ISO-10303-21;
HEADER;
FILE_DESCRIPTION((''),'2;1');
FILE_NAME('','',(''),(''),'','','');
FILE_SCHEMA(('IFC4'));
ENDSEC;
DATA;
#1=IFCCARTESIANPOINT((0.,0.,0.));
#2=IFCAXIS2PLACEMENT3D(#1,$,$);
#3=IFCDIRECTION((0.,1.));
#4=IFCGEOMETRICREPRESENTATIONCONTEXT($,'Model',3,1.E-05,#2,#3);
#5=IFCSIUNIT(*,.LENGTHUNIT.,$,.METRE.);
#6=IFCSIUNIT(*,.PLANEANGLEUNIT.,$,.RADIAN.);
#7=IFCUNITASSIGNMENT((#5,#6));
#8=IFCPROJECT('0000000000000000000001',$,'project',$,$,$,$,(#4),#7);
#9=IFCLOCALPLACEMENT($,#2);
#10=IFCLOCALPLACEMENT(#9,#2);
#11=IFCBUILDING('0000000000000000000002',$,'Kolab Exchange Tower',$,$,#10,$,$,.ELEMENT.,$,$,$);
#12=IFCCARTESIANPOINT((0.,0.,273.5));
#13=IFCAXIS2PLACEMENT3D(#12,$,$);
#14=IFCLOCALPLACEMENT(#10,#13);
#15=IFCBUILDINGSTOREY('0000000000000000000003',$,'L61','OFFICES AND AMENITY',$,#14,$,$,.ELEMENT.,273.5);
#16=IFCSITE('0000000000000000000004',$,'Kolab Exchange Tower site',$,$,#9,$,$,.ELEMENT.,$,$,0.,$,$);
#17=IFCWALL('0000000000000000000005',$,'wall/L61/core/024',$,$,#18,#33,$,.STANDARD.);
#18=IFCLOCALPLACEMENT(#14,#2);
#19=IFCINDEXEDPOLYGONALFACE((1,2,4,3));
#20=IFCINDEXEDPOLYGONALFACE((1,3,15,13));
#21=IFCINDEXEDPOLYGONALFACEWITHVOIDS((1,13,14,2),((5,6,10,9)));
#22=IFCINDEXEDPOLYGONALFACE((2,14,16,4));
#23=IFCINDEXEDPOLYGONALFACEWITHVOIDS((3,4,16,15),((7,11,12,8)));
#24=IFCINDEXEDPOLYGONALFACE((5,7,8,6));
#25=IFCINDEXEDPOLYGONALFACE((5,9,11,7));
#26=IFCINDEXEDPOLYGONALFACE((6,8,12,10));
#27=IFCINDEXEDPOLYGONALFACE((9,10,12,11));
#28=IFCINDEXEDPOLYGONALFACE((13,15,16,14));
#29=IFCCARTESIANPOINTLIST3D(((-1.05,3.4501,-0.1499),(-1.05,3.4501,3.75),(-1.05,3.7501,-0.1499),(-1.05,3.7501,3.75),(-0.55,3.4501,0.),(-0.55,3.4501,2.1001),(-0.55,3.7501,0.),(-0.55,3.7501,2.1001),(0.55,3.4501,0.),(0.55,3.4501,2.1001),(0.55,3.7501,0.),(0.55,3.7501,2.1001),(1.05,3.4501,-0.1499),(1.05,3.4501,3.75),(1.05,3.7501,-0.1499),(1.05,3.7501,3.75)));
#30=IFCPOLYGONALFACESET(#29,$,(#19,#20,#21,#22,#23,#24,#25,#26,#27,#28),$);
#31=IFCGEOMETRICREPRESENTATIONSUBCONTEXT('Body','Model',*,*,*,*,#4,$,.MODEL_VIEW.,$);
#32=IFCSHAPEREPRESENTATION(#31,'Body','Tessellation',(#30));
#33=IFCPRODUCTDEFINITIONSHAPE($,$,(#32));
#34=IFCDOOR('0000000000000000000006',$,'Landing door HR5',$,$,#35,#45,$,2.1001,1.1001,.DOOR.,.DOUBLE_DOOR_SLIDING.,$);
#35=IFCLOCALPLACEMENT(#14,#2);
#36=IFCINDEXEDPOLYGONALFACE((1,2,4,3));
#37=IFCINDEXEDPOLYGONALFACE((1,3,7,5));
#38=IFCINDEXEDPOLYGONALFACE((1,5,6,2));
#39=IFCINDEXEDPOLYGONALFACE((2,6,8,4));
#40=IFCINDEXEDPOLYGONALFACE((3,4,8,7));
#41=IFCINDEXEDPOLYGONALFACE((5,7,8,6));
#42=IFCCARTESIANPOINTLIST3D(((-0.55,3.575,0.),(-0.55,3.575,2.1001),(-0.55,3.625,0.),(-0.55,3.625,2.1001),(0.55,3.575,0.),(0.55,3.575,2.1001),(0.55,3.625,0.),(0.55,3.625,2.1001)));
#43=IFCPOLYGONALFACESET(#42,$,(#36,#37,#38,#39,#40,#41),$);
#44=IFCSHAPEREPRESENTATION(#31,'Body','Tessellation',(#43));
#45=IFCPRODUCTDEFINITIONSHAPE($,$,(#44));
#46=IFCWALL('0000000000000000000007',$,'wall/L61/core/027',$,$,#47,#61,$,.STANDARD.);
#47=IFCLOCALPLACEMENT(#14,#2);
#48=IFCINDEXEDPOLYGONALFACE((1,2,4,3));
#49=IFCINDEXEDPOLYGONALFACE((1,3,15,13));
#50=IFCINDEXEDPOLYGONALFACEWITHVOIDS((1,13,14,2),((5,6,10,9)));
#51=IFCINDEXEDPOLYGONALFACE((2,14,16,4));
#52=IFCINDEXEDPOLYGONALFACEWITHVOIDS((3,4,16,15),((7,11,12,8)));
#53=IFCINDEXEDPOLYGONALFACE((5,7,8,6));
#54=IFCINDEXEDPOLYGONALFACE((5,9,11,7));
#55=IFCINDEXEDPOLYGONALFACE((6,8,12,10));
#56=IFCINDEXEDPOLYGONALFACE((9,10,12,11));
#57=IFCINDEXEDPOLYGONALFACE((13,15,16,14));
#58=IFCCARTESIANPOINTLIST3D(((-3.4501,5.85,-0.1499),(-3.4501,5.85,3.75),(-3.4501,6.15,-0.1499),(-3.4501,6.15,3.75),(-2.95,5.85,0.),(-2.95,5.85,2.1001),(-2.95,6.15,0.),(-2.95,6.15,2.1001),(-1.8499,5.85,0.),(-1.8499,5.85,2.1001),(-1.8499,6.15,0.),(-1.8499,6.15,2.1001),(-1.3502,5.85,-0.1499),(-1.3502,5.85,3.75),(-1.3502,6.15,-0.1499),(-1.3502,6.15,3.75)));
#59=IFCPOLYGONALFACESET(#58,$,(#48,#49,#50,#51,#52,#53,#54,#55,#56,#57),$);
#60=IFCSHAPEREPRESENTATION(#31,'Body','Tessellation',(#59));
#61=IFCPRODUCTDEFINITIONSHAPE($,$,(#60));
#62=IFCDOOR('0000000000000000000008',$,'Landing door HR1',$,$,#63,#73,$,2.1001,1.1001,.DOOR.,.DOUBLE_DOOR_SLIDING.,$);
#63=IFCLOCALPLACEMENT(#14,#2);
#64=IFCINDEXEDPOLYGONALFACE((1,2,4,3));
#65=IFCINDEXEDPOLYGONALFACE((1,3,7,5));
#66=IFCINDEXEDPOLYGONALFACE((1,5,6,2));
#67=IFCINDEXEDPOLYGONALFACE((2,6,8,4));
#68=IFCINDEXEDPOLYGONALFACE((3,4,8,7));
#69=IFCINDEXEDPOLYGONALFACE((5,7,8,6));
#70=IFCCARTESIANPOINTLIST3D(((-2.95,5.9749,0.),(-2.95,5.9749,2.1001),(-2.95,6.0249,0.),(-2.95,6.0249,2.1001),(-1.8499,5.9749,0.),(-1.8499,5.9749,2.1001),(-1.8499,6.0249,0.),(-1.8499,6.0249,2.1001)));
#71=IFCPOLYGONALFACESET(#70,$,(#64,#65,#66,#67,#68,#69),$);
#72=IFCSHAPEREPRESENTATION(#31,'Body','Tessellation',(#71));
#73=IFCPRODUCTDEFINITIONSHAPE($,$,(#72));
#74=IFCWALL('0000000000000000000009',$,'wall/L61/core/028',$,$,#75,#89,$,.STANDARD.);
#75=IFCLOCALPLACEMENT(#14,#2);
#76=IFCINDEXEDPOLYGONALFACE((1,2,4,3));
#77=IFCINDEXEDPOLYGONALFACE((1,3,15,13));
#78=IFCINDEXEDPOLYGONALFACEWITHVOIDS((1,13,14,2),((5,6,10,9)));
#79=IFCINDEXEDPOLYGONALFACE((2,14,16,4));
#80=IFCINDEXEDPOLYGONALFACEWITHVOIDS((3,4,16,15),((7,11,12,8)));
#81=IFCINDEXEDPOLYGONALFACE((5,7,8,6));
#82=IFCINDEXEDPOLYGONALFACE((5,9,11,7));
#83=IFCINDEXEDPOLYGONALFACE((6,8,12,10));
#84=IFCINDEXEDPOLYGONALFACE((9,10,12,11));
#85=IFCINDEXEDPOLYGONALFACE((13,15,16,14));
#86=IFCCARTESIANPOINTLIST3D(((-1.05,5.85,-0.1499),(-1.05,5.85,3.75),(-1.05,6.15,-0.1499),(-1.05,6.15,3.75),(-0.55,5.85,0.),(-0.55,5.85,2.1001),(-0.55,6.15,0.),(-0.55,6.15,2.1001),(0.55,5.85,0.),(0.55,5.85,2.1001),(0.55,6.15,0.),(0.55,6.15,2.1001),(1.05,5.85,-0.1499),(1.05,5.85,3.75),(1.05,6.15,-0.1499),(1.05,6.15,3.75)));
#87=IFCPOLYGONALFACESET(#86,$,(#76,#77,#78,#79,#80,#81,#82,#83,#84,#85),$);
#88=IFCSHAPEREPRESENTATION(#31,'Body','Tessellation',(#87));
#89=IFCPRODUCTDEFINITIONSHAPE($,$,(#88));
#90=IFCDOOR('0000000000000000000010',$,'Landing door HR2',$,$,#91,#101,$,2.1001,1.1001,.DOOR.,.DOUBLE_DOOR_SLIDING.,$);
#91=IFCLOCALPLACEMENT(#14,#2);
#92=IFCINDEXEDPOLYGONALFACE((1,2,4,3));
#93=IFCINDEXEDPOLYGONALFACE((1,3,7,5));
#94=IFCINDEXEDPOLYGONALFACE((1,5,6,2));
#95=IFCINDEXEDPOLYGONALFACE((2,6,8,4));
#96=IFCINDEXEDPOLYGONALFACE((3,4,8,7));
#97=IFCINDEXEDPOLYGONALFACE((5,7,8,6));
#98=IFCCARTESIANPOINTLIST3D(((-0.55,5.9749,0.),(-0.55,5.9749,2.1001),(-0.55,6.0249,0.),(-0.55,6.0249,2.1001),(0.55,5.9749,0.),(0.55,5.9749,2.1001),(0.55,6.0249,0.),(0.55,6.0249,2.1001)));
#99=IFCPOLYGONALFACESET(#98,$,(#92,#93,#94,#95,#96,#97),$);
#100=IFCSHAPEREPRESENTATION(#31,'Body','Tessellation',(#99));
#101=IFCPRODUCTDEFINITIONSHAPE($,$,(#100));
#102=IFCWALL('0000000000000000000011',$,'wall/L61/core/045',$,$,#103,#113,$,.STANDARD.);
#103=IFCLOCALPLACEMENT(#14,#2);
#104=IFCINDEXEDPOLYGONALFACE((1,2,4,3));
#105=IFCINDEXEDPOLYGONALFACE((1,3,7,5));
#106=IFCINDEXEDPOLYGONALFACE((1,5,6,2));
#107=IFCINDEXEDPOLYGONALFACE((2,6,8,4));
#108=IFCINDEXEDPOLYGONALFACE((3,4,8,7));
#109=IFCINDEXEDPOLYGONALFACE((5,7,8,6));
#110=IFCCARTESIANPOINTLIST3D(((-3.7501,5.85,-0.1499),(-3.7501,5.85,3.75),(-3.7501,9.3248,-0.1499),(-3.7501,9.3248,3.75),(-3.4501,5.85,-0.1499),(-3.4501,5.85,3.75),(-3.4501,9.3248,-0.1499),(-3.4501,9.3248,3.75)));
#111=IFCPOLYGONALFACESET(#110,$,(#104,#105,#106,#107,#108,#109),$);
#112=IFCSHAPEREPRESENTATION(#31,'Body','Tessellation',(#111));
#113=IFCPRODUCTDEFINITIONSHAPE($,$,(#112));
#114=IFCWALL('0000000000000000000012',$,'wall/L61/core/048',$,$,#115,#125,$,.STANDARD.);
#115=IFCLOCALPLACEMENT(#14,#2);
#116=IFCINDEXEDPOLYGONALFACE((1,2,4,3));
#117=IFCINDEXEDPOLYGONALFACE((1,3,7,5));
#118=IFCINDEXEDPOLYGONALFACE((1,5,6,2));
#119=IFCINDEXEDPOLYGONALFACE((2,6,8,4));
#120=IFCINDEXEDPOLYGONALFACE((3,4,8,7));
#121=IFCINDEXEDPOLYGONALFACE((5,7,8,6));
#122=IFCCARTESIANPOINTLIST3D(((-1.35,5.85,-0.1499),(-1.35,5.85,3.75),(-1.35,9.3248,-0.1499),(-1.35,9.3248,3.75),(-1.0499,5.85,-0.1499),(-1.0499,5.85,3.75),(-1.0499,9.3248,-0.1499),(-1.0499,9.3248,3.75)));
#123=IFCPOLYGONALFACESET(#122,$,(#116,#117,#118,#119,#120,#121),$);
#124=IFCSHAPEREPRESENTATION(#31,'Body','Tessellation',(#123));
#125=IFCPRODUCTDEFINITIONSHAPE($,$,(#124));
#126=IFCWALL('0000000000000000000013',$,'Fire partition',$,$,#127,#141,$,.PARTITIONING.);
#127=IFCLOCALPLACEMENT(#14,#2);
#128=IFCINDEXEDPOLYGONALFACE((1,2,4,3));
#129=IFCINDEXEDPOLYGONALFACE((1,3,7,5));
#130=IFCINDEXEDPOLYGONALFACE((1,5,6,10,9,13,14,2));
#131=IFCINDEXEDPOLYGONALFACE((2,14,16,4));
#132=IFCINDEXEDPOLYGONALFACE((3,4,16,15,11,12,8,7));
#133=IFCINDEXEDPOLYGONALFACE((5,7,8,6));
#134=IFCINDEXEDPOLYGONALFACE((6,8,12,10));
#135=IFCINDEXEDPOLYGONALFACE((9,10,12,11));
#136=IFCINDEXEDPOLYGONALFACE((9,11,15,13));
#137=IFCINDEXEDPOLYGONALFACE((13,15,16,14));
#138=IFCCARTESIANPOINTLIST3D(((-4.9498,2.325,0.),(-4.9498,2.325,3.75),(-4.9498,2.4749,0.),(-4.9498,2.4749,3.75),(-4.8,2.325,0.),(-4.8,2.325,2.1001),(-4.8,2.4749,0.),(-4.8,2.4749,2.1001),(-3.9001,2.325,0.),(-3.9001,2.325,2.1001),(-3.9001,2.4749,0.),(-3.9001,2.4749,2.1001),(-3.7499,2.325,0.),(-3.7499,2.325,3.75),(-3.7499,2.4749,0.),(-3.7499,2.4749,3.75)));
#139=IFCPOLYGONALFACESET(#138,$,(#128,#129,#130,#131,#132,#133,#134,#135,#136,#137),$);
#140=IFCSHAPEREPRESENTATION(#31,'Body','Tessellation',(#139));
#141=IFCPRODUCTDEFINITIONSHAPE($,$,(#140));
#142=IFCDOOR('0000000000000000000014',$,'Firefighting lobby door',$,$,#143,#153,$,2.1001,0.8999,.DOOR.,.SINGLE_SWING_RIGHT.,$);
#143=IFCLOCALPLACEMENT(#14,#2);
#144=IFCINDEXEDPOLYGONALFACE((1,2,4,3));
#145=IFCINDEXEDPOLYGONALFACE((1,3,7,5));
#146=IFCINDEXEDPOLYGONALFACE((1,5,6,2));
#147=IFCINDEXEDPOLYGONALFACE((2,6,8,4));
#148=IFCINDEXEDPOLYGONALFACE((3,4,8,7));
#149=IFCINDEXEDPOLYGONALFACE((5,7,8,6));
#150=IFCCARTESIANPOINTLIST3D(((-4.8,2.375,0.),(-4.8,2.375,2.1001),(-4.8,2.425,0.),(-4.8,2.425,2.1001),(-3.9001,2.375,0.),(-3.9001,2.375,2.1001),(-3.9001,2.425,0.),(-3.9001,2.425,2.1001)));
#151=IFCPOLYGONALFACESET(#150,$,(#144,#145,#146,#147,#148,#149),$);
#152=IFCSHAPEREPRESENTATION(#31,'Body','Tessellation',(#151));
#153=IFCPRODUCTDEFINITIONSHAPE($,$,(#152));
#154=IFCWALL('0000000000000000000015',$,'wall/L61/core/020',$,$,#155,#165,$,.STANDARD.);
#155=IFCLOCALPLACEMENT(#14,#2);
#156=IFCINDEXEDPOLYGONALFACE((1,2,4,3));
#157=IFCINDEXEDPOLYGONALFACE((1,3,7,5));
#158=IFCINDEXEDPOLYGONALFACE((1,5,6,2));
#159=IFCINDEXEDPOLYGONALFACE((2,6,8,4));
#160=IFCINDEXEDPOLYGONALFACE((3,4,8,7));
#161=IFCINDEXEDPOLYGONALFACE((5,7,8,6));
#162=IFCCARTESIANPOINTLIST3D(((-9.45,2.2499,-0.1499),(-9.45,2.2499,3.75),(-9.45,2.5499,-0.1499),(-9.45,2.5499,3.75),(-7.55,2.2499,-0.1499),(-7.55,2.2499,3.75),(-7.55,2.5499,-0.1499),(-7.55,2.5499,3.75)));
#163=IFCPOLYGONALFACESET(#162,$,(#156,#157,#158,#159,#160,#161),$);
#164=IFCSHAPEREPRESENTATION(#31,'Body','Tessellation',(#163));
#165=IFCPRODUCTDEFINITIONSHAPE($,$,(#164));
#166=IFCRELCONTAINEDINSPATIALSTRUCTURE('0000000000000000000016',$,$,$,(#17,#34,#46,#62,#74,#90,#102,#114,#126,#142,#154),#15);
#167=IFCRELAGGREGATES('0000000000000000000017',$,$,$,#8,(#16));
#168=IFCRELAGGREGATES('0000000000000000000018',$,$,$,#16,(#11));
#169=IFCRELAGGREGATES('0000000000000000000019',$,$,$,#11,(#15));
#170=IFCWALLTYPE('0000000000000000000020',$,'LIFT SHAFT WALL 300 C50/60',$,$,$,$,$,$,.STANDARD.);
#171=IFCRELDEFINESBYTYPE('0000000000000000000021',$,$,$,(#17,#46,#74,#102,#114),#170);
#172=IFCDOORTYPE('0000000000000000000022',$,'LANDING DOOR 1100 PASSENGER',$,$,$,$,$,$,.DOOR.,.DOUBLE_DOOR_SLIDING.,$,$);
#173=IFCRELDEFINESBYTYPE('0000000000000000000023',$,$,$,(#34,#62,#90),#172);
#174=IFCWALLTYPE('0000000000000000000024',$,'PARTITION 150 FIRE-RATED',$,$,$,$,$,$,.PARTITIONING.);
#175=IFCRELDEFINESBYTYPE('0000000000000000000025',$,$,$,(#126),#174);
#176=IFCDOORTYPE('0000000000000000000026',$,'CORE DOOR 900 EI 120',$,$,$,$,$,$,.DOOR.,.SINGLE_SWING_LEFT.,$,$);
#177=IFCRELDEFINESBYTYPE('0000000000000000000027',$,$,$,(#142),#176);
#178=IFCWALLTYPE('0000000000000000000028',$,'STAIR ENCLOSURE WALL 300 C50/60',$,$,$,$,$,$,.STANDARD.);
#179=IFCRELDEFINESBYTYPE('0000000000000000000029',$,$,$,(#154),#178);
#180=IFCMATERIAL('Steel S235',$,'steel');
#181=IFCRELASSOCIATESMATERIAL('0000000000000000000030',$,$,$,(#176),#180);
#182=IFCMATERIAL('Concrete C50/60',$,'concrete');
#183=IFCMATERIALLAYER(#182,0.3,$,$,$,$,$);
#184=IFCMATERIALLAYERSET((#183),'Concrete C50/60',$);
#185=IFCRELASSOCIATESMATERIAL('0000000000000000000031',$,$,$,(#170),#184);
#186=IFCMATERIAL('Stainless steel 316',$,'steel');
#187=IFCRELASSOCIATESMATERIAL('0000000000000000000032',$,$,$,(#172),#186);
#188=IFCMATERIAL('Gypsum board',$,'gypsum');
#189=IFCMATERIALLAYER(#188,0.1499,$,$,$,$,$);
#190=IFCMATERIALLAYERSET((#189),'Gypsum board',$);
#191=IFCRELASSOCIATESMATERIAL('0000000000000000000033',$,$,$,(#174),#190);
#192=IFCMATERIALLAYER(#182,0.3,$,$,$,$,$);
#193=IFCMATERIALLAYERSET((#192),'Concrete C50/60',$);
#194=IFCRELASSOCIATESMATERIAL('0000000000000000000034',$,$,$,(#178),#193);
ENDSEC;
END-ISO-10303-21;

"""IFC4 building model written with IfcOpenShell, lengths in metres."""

from ifc_helpers import new_model, si_unit, direction, frame, frame_2d, origin, place, context, subcontext, project, spatial, rectangle, extrude, material, layer, layer_set, type_object, element, fill, save


model = new_model("IFC4")

# Units and contexts
model_context = context("Model", 3, precision=1e-05, world=origin(), true_north=direction((0.0, 1.0)))
body_context = subcontext(model_context, "Body", "Model", "MODEL_VIEW")
ifc_project = project(units=[si_unit("LENGTHUNIT", "METRE"), si_unit("PLANEANGLEUNIT", "RADIAN")], contexts=[model_context])

# Site, building, storey
site_placement = place(None, origin())
site = spatial("IfcSite", under=ifc_project, at=site_placement, Name="Kolab Exchange Tower site", CompositionType="ELEMENT", RefElevation=0.0)
building_placement = place(site_placement, origin())
building = spatial("IfcBuilding", under=site, at=building_placement, Name="Kolab Exchange Tower", CompositionType="ELEMENT")
storey_placement = place(building_placement, frame((0.0, 0.0, 273.5)))
storey = spatial("IfcBuildingStorey", under=building, at=storey_placement, Name="L61", Description="OFFICES AND AMENITY", CompositionType="ELEMENT", Elevation=273.5)

# Shared definitions
ifc_material_1 = material(Name="Concrete C50/60", Category="concrete")
ifc_material_2 = material(Name="Steel S235", Category="steel")
door_type_1 = type_object("IfcDoorType", Name="CORE DOOR 900 EI 120", OperationType="SINGLE_SWING_LEFT", PredefinedType="DOOR", material=ifc_material_2)

# Shared definitions
ifc_layer_1 = layer(ifc_material_1, 0.3)
ifc_layer_set_1 = layer_set([ifc_layer_1], Name="Concrete C50/60")
wall_type_1 = type_object("IfcWallType", Name="LIFT SHAFT WALL 300 C50/60", PredefinedType="STANDARD", material=ifc_layer_set_1)

# Walls, openings, doors
ifc_material_3 = material(Name="Stainless steel 316", Category="steel")
door_type_2 = type_object("IfcDoorType", Name="LANDING DOOR 1100 PASSENGER", OperationType="DOUBLE_DOOR_SLIDING", PredefinedType="DOOR", material=ifc_material_3)
wall_1_placement = place(storey_placement, frame((-1.05, 3.6001, -0.1499), z_axis=(0.0, 0.0, 1.0), x_axis=(1.0, 0.0, 0.0)))
wall_1 = element("IfcWall", 1, at=wall_1_placement, inside=storey, type_object=wall_type_1, Name="wall/L61/core/024", PredefinedType="STANDARD", context=body_context, shape_type="SweptSolid", body=[
    extrude(rectangle(XDim=2.1001, YDim=0.3, at=frame_2d((1.05, 0.0))), origin(), (0.0, 0.0, 1.0), 3.8999),
])
opening_1_placement = place(wall_1_placement, frame((0.5, 0.0, 0.1499)))
opening_1 = element("IfcOpeningElement", 2, at=opening_1_placement, cuts=wall_1, PredefinedType="OPENING", context=body_context, shape_type="SweptSolid", body=[
    extrude(rectangle(XDim=1.1001, YDim=2.1001, at=frame_2d((0.55, 1.05))), frame((0.0, 0.1602, 0.0), z_axis=(0.0, -1.0, 0.0), x_axis=(1.0, 0.0, 0.0)), (0.0, 0.0, 1.0), 0.3201),
])
door_1_placement = place(opening_1_placement, origin())
door_1 = element("IfcDoor", 3, at=door_1_placement, inside=storey, type_object=door_type_2, Name="Landing door HR5", OperationType="DOUBLE_DOOR_SLIDING", OverallHeight=2.1001, OverallWidth=1.1001, PredefinedType="DOOR", context=body_context, shape_type="SweptSolid", body=[
    extrude(rectangle(XDim=1.1001, YDim=2.1001, at=frame_2d((0.55, 1.05))), frame((0.0, 0.0249, 0.0), z_axis=(0.0, -1.0, 0.0), x_axis=(1.0, 0.0, 0.0)), (0.0, 0.0, 1.0), 0.05),
])
fill(opening_1, door_1)
wall_2_placement = place(storey_placement, frame((-3.45, 6.0, -0.1499), z_axis=(0.0, 0.0, 1.0), x_axis=(1.0, 0.0, 0.0)))
wall_2 = element("IfcWall", 4, at=wall_2_placement, inside=storey, type_object=wall_type_1, Name="wall/L61/core/027", PredefinedType="STANDARD", context=body_context, shape_type="SweptSolid", body=[
    extrude(rectangle(XDim=2.0999, YDim=0.3, at=frame_2d((1.0498, 0.0))), origin(), (0.0, 0.0, 1.0), 3.8999),
])
opening_2_placement = place(wall_2_placement, frame((0.5, 0.0, 0.1499)))
opening_2 = element("IfcOpeningElement", 5, at=opening_2_placement, cuts=wall_2, PredefinedType="OPENING", context=body_context, shape_type="SweptSolid", body=[
    extrude(rectangle(XDim=1.1001, YDim=2.1001, at=frame_2d((0.55, 1.05))), frame((0.0, 0.1602, 0.0), z_axis=(0.0, -1.0, 0.0), x_axis=(1.0, 0.0, 0.0)), (0.0, 0.0, 1.0), 0.3201),
])
door_2_placement = place(opening_2_placement, origin())
door_2 = element("IfcDoor", 6, at=door_2_placement, inside=storey, type_object=door_type_2, Name="Landing door HR1", OperationType="DOUBLE_DOOR_SLIDING", OverallHeight=2.1001, OverallWidth=1.1001, PredefinedType="DOOR", context=body_context, shape_type="SweptSolid", body=[
    extrude(rectangle(XDim=1.1001, YDim=2.1001, at=frame_2d((0.55, 1.05))), frame((0.0, 0.0249, 0.0), z_axis=(0.0, -1.0, 0.0), x_axis=(1.0, 0.0, 0.0)), (0.0, 0.0, 1.0), 0.05),
])
fill(opening_2, door_2)
wall_3_placement = place(storey_placement, frame((-1.05, 6.0, -0.1499), z_axis=(0.0, 0.0, 1.0), x_axis=(1.0, 0.0, 0.0)))
wall_3 = element("IfcWall", 7, at=wall_3_placement, inside=storey, type_object=wall_type_1, Name="wall/L61/core/028", PredefinedType="STANDARD", context=body_context, shape_type="SweptSolid", body=[
    extrude(rectangle(XDim=2.1001, YDim=0.3, at=frame_2d((1.05, 0.0))), origin(), (0.0, 0.0, 1.0), 3.8999),
])
opening_3_placement = place(wall_3_placement, frame((0.5, 0.0, 0.1499)))
opening_3 = element("IfcOpeningElement", 8, at=opening_3_placement, cuts=wall_3, PredefinedType="OPENING", context=body_context, shape_type="SweptSolid", body=[
    extrude(rectangle(XDim=1.1001, YDim=2.1001, at=frame_2d((0.55, 1.05))), frame((0.0, 0.1602, 0.0), z_axis=(0.0, -1.0, 0.0), x_axis=(1.0, 0.0, 0.0)), (0.0, 0.0, 1.0), 0.3201),
])
door_3_placement = place(opening_3_placement, origin())
door_3 = element("IfcDoor", 9, at=door_3_placement, inside=storey, type_object=door_type_2, Name="Landing door HR2", OperationType="DOUBLE_DOOR_SLIDING", OverallHeight=2.1001, OverallWidth=1.1001, PredefinedType="DOOR", context=body_context, shape_type="SweptSolid", body=[
    extrude(rectangle(XDim=1.1001, YDim=2.1001, at=frame_2d((0.55, 1.05))), frame((0.0, 0.0249, 0.0), z_axis=(0.0, -1.0, 0.0), x_axis=(1.0, 0.0, 0.0)), (0.0, 0.0, 1.0), 0.05),
])
fill(opening_3, door_3)

# Walls
for number, where, z_axis, x_axis, name in (
    (10, (-3.6001, 5.8501, -0.1499), (0.0, 0.0, 1.0), (0.0, 1.0, 0.0), "wall/L61/core/045"),
    (11, (-1.2, 5.8501, -0.1499), (0.0, 0.0, 1.0), (0.0, 1.0, 0.0), "wall/L61/core/048"),
):
    element("IfcWall", number, at=place(storey_placement, frame(where, z_axis=z_axis, x_axis=x_axis)), inside=storey, type_object=wall_type_1, Name=name, PredefinedType="STANDARD", context=body_context, shape_type="SweptSolid", body=[
        extrude(rectangle(XDim=3.4749, YDim=0.3, at=frame_2d((1.7373, 0.0))), origin(), (0.0, 0.0, 1.0), 3.8999),
    ])

# Wall, opening, door
ifc_material_4 = material(Name="Gypsum board", Category="gypsum")
ifc_layer_2 = layer(ifc_material_4, 0.1499)
ifc_layer_set_2 = layer_set([ifc_layer_2], Name="Gypsum board")
wall_type_2 = type_object("IfcWallType", Name="PARTITION 150 FIRE-RATED", PredefinedType="PARTITIONING", material=ifc_layer_set_2)
wall_4_placement = place(storey_placement, frame((-4.95, 2.3999, 0.0), z_axis=(0.0, 0.0, 1.0), x_axis=(1.0, 0.0, 0.0)))
wall_4 = element("IfcWall", 12, at=wall_4_placement, inside=storey, type_object=wall_type_2, Name="Fire partition", PredefinedType="PARTITIONING", context=body_context, shape_type="SweptSolid", body=[
    extrude(rectangle(XDim=1.2, YDim=0.1499, at=frame_2d((0.6001, 0.0))), origin(), (0.0, 0.0, 1.0), 3.75),
])
opening_4_placement = place(wall_4_placement, frame((0.1499, 0.0, 0.0)))
opening_4 = element("IfcOpeningElement", 13, at=opening_4_placement, cuts=wall_4, PredefinedType="OPENING", context=body_context, shape_type="SweptSolid", body=[
    extrude(rectangle(XDim=0.8999, YDim=2.1001, at=frame_2d((0.45, 1.05))), frame((0.0, 0.085, 0.0), z_axis=(0.0, -1.0, 0.0), x_axis=(1.0, 0.0, 0.0)), (0.0, 0.0, 1.0), 0.1699),
])
door_4_placement = place(opening_4_placement, frame((0.8999, 0.0, 0.0), z_axis=(0.0, 0.0, 1.0), x_axis=(-1.0, 0.0, 0.0)))
door_4 = element("IfcDoor", 14, at=door_4_placement, inside=storey, type_object=door_type_1, Name="Firefighting lobby door", OperationType="SINGLE_SWING_RIGHT", OverallHeight=2.1001, OverallWidth=0.8999, PredefinedType="DOOR", context=body_context, shape_type="SweptSolid", body=[
    extrude(rectangle(XDim=0.8999, YDim=2.1001, at=frame_2d((0.45, 1.05))), frame((0.0, 0.0249, 0.0), z_axis=(0.0, -1.0, 0.0), x_axis=(1.0, 0.0, 0.0)), (0.0, 0.0, 1.0), 0.05),
])
fill(opening_4, door_4)

# Wall
ifc_layer_3 = layer(ifc_material_1, 0.3)
ifc_layer_set_3 = layer_set([ifc_layer_3], Name="Concrete C50/60")
wall_type_3 = type_object("IfcWallType", Name="STAIR ENCLOSURE WALL 300 C50/60", PredefinedType="STANDARD", material=ifc_layer_set_3)
wall_5_placement = place(storey_placement, frame((-9.45, 2.3999, -0.1499), z_axis=(0.0, 0.0, 1.0), x_axis=(1.0, 0.0, 0.0)))
element("IfcWall", 15, at=wall_5_placement, inside=storey, type_object=wall_type_3, Name="wall/L61/core/020", PredefinedType="STANDARD", context=body_context, shape_type="SweptSolid", body=[
    extrude(rectangle(XDim=1.8999, YDim=0.3, at=frame_2d((0.95, 0.0))), origin(), (0.0, 0.0, 1.0), 3.8999),
])

save(model, "model.ifc")
